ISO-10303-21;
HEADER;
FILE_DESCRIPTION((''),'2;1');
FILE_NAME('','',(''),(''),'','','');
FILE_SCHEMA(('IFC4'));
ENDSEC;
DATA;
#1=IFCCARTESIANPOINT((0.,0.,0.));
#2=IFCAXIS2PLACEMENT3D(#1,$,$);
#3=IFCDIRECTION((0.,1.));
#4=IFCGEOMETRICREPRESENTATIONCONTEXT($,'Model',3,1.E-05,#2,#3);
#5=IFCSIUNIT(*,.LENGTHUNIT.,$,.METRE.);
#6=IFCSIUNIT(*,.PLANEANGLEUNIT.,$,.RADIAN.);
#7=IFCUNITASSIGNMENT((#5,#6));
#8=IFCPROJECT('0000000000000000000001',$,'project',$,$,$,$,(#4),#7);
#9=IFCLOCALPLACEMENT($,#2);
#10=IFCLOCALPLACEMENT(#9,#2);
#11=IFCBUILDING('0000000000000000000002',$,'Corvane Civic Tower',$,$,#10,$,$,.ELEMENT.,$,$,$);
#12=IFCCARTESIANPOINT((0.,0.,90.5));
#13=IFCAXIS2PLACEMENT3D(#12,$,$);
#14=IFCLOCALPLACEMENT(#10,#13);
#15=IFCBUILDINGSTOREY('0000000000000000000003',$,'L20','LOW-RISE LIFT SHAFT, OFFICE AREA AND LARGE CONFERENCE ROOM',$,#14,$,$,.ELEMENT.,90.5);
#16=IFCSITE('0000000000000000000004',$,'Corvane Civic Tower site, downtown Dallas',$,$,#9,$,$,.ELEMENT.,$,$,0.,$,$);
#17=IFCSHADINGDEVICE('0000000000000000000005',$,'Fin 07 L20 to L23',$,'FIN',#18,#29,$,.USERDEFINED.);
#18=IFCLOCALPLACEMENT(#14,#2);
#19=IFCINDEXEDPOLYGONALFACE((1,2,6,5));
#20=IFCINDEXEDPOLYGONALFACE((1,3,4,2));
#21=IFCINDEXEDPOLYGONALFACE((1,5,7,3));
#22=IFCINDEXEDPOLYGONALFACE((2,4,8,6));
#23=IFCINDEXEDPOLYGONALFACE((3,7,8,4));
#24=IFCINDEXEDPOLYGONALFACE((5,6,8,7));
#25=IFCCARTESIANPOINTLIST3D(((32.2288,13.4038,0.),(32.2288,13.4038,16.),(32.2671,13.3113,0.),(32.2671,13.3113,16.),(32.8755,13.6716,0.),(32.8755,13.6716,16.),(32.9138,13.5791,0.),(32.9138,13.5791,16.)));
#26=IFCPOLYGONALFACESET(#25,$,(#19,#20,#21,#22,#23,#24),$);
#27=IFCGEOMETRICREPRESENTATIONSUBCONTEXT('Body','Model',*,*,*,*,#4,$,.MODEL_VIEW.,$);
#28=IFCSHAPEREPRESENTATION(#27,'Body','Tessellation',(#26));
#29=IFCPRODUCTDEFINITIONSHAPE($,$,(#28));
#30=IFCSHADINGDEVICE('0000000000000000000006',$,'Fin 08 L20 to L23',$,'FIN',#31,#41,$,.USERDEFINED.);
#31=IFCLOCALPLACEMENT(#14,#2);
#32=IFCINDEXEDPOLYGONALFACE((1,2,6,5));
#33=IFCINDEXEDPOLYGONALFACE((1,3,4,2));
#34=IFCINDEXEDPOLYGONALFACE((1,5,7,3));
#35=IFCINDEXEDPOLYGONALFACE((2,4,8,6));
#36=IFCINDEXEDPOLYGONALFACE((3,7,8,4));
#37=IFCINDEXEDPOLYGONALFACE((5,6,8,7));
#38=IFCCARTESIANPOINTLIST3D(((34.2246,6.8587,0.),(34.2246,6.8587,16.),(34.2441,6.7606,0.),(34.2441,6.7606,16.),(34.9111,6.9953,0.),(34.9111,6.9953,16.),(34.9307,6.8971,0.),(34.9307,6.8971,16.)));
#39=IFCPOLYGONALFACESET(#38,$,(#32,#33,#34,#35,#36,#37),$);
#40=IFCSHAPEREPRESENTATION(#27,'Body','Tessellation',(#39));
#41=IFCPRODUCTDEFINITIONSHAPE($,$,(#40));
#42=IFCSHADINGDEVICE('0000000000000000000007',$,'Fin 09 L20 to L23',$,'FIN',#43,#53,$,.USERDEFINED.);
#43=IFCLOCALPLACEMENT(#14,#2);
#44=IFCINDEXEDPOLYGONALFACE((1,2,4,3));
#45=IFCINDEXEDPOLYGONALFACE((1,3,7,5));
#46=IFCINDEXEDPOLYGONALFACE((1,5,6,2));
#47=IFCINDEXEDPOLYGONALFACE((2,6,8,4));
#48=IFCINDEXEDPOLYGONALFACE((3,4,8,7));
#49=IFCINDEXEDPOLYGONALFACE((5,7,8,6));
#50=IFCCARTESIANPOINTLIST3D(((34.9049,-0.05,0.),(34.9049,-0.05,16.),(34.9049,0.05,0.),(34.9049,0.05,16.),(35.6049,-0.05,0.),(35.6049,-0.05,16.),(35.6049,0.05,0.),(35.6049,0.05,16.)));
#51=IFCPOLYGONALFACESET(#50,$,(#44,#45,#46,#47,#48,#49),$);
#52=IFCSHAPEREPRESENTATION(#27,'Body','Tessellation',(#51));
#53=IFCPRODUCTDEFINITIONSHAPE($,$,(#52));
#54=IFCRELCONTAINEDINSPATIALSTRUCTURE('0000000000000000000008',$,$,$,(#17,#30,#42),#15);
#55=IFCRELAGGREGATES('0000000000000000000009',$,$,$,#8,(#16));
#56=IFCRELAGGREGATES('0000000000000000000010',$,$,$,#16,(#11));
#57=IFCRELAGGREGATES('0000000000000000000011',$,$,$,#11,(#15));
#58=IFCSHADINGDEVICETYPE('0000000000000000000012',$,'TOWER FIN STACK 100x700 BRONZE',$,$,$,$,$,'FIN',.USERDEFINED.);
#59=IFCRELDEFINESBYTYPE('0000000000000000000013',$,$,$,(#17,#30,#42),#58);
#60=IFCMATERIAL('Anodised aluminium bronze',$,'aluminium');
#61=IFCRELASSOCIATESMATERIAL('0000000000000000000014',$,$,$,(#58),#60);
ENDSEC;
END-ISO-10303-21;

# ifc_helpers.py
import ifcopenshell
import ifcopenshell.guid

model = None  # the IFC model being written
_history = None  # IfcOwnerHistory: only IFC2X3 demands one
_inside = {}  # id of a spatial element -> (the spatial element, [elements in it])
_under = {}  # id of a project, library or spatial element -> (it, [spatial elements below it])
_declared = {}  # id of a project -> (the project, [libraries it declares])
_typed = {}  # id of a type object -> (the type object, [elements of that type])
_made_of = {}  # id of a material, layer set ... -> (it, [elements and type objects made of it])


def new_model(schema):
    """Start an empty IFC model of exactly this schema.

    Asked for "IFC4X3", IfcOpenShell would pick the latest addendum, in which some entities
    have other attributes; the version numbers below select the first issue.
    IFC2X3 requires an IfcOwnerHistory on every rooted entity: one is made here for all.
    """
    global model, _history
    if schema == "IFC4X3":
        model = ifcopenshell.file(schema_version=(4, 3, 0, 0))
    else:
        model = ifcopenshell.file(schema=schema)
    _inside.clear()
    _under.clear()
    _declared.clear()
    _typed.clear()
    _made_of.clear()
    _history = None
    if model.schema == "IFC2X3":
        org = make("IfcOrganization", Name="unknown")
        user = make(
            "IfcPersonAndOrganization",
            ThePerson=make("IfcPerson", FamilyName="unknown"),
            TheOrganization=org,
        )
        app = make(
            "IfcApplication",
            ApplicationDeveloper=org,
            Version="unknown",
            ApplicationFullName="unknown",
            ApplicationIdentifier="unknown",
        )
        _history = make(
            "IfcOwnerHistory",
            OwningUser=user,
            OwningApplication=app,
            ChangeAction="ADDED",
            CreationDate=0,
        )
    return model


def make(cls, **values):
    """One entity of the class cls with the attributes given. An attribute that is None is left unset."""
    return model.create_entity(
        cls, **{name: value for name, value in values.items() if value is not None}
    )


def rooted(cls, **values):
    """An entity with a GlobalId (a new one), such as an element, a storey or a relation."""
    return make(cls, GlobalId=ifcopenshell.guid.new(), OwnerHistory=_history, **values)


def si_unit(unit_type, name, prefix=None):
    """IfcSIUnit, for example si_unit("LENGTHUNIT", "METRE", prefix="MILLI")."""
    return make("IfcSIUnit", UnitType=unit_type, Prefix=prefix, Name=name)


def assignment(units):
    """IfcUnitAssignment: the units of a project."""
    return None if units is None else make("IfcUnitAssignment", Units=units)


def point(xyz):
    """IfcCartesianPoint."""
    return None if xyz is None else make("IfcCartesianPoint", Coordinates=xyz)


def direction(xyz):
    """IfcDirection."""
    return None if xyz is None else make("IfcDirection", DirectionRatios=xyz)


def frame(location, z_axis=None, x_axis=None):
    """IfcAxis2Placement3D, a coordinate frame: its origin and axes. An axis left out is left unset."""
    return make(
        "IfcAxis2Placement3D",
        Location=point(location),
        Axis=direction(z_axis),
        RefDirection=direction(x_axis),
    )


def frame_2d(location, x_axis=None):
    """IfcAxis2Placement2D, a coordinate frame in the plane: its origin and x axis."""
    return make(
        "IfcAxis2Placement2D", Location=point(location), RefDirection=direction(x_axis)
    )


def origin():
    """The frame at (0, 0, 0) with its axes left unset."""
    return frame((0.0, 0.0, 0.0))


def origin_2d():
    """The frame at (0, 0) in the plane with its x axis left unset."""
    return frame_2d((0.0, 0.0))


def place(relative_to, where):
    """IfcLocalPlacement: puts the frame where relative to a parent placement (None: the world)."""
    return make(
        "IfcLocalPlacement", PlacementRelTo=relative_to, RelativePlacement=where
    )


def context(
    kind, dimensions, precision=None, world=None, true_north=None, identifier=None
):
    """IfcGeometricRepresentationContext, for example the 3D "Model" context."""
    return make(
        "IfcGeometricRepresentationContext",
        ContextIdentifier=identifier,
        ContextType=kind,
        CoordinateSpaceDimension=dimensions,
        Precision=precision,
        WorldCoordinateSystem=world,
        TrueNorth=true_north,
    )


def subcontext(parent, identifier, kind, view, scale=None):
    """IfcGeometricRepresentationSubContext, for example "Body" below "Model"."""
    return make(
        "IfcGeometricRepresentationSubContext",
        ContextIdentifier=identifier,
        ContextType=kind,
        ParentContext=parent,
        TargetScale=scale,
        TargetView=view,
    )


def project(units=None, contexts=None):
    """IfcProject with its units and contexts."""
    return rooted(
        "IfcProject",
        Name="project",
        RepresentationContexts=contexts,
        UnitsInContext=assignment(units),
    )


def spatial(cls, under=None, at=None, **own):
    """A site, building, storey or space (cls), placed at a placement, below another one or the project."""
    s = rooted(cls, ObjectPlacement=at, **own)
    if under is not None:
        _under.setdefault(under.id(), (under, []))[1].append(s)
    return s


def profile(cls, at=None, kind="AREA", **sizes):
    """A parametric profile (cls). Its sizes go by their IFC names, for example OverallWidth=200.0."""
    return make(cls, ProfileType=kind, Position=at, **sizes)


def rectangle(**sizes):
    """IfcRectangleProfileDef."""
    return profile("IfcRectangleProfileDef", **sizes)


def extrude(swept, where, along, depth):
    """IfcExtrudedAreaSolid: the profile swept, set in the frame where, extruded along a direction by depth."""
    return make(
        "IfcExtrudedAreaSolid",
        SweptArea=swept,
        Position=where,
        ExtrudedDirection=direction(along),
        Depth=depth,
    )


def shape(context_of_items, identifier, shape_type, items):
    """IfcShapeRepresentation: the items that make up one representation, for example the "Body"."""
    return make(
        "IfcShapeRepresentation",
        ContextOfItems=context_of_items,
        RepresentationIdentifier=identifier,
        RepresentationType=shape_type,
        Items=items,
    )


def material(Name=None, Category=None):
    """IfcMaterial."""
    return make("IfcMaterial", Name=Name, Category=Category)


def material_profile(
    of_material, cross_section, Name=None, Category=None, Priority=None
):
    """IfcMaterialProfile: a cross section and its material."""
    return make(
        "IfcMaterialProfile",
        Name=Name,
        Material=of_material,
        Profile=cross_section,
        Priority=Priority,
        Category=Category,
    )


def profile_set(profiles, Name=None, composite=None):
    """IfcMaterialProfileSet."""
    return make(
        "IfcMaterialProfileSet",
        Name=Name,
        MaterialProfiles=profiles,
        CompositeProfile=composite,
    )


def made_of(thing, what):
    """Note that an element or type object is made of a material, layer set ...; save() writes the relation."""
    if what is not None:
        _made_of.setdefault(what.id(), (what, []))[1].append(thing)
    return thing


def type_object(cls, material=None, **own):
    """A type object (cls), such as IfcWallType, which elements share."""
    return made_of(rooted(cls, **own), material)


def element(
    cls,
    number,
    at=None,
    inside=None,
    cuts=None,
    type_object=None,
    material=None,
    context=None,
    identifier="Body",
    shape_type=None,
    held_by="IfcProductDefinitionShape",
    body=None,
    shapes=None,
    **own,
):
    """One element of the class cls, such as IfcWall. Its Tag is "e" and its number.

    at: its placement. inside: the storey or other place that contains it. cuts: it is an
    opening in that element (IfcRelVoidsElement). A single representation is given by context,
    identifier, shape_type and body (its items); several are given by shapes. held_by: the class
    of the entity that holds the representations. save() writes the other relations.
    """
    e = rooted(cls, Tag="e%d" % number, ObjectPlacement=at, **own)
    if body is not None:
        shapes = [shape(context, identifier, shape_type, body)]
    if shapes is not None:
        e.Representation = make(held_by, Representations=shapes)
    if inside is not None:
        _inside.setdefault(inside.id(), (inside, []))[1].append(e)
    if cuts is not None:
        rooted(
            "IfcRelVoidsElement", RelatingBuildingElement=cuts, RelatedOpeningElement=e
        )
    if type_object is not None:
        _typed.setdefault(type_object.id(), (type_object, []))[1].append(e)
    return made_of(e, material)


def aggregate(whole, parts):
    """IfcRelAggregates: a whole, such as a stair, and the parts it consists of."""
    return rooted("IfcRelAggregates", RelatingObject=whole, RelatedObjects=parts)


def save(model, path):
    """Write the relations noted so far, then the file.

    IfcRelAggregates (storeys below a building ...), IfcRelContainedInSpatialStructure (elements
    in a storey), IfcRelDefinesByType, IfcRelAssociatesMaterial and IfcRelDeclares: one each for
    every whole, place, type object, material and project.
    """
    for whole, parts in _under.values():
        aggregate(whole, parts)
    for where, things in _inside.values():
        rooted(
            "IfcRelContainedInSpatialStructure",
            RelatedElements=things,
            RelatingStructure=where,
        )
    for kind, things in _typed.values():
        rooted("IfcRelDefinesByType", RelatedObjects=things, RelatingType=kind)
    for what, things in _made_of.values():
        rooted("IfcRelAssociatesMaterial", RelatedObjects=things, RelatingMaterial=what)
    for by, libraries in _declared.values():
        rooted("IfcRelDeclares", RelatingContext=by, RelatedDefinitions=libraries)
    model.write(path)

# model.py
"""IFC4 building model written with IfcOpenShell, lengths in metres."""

from ifc_helpers import new_model, si_unit, direction, frame, origin, origin_2d, place, context, subcontext, project, spatial, rectangle, extrude, material, material_profile, profile_set, type_object, element, save


model = new_model("IFC4")

# Units and contexts
model_context = context("Model", 3, precision=1e-05, world=origin(), true_north=direction((0.0, 1.0)))
body_context = subcontext(model_context, "Body", "Model", "MODEL_VIEW")
ifc_project = project(units=[si_unit("LENGTHUNIT", "METRE"), si_unit("PLANEANGLEUNIT", "RADIAN")], contexts=[model_context])

# Site, building, storey
site_placement = place(None, origin())
site = spatial("IfcSite", under=ifc_project, at=site_placement, Name="Corvane Civic Tower site, downtown Dallas", CompositionType="ELEMENT", RefElevation=0.0)
building_placement = place(site_placement, origin())
building = spatial("IfcBuilding", under=site, at=building_placement, Name="Corvane Civic Tower", CompositionType="ELEMENT")
storey_placement = place(building_placement, frame((0.0, 0.0, 90.5)))
storey = spatial("IfcBuildingStorey", under=building, at=storey_placement, Name="L20", Description="LOW-RISE LIFT SHAFT, OFFICE AREA AND LARGE CONFERENCE ROOM", CompositionType="ELEMENT", Elevation=90.5)

# Shading devices
ifc_material_1 = material(Name="Anodised aluminium bronze", Category="aluminium")
ifc_material_profile_1 = material_profile(ifc_material_1, rectangle(XDim=0.1001, YDim=0.7, at=origin_2d()), Name="TOWER FIN STACK 100x700 BRONZE")
ifc_profile_set_1 = profile_set([ifc_material_profile_1], Name="Anodised aluminium bronze")
shading_device_type = type_object("IfcShadingDeviceType", Name="TOWER FIN STACK 100x700 BRONZE", ElementType="FIN", PredefinedType="USERDEFINED", material=ifc_profile_set_1)
for number, where, z_axis, x_axis, name in (
    (1, (32.5713, 13.4915, 0.0), (0.0, 0.0, 1.0), (0.382683, -0.92388, 0.0), "Fin 07 L20 to L23"),
    (2, (34.5776, 6.8779, 0.0), (0.0, 0.0, 1.0), (0.19509, -0.980785, 0.0), "Fin 08 L20 to L23"),
    (3, (35.2549, 0.0, 0.0), (0.0, 0.0, 1.0), (0.0, -1.0, 0.0), "Fin 09 L20 to L23"),
):
    element("IfcShadingDevice", number, at=place(storey_placement, frame(where, z_axis=z_axis, x_axis=x_axis)), inside=storey, type_object=shading_device_type, Name=name, ObjectType="FIN", PredefinedType="USERDEFINED", context=body_context, shape_type="SweptSolid", body=[
        extrude(rectangle(XDim=0.1001, YDim=0.7, at=origin_2d()), origin(), (0.0, 0.0, 1.0), 16.0),
    ])

save(model, "model.ifc")
